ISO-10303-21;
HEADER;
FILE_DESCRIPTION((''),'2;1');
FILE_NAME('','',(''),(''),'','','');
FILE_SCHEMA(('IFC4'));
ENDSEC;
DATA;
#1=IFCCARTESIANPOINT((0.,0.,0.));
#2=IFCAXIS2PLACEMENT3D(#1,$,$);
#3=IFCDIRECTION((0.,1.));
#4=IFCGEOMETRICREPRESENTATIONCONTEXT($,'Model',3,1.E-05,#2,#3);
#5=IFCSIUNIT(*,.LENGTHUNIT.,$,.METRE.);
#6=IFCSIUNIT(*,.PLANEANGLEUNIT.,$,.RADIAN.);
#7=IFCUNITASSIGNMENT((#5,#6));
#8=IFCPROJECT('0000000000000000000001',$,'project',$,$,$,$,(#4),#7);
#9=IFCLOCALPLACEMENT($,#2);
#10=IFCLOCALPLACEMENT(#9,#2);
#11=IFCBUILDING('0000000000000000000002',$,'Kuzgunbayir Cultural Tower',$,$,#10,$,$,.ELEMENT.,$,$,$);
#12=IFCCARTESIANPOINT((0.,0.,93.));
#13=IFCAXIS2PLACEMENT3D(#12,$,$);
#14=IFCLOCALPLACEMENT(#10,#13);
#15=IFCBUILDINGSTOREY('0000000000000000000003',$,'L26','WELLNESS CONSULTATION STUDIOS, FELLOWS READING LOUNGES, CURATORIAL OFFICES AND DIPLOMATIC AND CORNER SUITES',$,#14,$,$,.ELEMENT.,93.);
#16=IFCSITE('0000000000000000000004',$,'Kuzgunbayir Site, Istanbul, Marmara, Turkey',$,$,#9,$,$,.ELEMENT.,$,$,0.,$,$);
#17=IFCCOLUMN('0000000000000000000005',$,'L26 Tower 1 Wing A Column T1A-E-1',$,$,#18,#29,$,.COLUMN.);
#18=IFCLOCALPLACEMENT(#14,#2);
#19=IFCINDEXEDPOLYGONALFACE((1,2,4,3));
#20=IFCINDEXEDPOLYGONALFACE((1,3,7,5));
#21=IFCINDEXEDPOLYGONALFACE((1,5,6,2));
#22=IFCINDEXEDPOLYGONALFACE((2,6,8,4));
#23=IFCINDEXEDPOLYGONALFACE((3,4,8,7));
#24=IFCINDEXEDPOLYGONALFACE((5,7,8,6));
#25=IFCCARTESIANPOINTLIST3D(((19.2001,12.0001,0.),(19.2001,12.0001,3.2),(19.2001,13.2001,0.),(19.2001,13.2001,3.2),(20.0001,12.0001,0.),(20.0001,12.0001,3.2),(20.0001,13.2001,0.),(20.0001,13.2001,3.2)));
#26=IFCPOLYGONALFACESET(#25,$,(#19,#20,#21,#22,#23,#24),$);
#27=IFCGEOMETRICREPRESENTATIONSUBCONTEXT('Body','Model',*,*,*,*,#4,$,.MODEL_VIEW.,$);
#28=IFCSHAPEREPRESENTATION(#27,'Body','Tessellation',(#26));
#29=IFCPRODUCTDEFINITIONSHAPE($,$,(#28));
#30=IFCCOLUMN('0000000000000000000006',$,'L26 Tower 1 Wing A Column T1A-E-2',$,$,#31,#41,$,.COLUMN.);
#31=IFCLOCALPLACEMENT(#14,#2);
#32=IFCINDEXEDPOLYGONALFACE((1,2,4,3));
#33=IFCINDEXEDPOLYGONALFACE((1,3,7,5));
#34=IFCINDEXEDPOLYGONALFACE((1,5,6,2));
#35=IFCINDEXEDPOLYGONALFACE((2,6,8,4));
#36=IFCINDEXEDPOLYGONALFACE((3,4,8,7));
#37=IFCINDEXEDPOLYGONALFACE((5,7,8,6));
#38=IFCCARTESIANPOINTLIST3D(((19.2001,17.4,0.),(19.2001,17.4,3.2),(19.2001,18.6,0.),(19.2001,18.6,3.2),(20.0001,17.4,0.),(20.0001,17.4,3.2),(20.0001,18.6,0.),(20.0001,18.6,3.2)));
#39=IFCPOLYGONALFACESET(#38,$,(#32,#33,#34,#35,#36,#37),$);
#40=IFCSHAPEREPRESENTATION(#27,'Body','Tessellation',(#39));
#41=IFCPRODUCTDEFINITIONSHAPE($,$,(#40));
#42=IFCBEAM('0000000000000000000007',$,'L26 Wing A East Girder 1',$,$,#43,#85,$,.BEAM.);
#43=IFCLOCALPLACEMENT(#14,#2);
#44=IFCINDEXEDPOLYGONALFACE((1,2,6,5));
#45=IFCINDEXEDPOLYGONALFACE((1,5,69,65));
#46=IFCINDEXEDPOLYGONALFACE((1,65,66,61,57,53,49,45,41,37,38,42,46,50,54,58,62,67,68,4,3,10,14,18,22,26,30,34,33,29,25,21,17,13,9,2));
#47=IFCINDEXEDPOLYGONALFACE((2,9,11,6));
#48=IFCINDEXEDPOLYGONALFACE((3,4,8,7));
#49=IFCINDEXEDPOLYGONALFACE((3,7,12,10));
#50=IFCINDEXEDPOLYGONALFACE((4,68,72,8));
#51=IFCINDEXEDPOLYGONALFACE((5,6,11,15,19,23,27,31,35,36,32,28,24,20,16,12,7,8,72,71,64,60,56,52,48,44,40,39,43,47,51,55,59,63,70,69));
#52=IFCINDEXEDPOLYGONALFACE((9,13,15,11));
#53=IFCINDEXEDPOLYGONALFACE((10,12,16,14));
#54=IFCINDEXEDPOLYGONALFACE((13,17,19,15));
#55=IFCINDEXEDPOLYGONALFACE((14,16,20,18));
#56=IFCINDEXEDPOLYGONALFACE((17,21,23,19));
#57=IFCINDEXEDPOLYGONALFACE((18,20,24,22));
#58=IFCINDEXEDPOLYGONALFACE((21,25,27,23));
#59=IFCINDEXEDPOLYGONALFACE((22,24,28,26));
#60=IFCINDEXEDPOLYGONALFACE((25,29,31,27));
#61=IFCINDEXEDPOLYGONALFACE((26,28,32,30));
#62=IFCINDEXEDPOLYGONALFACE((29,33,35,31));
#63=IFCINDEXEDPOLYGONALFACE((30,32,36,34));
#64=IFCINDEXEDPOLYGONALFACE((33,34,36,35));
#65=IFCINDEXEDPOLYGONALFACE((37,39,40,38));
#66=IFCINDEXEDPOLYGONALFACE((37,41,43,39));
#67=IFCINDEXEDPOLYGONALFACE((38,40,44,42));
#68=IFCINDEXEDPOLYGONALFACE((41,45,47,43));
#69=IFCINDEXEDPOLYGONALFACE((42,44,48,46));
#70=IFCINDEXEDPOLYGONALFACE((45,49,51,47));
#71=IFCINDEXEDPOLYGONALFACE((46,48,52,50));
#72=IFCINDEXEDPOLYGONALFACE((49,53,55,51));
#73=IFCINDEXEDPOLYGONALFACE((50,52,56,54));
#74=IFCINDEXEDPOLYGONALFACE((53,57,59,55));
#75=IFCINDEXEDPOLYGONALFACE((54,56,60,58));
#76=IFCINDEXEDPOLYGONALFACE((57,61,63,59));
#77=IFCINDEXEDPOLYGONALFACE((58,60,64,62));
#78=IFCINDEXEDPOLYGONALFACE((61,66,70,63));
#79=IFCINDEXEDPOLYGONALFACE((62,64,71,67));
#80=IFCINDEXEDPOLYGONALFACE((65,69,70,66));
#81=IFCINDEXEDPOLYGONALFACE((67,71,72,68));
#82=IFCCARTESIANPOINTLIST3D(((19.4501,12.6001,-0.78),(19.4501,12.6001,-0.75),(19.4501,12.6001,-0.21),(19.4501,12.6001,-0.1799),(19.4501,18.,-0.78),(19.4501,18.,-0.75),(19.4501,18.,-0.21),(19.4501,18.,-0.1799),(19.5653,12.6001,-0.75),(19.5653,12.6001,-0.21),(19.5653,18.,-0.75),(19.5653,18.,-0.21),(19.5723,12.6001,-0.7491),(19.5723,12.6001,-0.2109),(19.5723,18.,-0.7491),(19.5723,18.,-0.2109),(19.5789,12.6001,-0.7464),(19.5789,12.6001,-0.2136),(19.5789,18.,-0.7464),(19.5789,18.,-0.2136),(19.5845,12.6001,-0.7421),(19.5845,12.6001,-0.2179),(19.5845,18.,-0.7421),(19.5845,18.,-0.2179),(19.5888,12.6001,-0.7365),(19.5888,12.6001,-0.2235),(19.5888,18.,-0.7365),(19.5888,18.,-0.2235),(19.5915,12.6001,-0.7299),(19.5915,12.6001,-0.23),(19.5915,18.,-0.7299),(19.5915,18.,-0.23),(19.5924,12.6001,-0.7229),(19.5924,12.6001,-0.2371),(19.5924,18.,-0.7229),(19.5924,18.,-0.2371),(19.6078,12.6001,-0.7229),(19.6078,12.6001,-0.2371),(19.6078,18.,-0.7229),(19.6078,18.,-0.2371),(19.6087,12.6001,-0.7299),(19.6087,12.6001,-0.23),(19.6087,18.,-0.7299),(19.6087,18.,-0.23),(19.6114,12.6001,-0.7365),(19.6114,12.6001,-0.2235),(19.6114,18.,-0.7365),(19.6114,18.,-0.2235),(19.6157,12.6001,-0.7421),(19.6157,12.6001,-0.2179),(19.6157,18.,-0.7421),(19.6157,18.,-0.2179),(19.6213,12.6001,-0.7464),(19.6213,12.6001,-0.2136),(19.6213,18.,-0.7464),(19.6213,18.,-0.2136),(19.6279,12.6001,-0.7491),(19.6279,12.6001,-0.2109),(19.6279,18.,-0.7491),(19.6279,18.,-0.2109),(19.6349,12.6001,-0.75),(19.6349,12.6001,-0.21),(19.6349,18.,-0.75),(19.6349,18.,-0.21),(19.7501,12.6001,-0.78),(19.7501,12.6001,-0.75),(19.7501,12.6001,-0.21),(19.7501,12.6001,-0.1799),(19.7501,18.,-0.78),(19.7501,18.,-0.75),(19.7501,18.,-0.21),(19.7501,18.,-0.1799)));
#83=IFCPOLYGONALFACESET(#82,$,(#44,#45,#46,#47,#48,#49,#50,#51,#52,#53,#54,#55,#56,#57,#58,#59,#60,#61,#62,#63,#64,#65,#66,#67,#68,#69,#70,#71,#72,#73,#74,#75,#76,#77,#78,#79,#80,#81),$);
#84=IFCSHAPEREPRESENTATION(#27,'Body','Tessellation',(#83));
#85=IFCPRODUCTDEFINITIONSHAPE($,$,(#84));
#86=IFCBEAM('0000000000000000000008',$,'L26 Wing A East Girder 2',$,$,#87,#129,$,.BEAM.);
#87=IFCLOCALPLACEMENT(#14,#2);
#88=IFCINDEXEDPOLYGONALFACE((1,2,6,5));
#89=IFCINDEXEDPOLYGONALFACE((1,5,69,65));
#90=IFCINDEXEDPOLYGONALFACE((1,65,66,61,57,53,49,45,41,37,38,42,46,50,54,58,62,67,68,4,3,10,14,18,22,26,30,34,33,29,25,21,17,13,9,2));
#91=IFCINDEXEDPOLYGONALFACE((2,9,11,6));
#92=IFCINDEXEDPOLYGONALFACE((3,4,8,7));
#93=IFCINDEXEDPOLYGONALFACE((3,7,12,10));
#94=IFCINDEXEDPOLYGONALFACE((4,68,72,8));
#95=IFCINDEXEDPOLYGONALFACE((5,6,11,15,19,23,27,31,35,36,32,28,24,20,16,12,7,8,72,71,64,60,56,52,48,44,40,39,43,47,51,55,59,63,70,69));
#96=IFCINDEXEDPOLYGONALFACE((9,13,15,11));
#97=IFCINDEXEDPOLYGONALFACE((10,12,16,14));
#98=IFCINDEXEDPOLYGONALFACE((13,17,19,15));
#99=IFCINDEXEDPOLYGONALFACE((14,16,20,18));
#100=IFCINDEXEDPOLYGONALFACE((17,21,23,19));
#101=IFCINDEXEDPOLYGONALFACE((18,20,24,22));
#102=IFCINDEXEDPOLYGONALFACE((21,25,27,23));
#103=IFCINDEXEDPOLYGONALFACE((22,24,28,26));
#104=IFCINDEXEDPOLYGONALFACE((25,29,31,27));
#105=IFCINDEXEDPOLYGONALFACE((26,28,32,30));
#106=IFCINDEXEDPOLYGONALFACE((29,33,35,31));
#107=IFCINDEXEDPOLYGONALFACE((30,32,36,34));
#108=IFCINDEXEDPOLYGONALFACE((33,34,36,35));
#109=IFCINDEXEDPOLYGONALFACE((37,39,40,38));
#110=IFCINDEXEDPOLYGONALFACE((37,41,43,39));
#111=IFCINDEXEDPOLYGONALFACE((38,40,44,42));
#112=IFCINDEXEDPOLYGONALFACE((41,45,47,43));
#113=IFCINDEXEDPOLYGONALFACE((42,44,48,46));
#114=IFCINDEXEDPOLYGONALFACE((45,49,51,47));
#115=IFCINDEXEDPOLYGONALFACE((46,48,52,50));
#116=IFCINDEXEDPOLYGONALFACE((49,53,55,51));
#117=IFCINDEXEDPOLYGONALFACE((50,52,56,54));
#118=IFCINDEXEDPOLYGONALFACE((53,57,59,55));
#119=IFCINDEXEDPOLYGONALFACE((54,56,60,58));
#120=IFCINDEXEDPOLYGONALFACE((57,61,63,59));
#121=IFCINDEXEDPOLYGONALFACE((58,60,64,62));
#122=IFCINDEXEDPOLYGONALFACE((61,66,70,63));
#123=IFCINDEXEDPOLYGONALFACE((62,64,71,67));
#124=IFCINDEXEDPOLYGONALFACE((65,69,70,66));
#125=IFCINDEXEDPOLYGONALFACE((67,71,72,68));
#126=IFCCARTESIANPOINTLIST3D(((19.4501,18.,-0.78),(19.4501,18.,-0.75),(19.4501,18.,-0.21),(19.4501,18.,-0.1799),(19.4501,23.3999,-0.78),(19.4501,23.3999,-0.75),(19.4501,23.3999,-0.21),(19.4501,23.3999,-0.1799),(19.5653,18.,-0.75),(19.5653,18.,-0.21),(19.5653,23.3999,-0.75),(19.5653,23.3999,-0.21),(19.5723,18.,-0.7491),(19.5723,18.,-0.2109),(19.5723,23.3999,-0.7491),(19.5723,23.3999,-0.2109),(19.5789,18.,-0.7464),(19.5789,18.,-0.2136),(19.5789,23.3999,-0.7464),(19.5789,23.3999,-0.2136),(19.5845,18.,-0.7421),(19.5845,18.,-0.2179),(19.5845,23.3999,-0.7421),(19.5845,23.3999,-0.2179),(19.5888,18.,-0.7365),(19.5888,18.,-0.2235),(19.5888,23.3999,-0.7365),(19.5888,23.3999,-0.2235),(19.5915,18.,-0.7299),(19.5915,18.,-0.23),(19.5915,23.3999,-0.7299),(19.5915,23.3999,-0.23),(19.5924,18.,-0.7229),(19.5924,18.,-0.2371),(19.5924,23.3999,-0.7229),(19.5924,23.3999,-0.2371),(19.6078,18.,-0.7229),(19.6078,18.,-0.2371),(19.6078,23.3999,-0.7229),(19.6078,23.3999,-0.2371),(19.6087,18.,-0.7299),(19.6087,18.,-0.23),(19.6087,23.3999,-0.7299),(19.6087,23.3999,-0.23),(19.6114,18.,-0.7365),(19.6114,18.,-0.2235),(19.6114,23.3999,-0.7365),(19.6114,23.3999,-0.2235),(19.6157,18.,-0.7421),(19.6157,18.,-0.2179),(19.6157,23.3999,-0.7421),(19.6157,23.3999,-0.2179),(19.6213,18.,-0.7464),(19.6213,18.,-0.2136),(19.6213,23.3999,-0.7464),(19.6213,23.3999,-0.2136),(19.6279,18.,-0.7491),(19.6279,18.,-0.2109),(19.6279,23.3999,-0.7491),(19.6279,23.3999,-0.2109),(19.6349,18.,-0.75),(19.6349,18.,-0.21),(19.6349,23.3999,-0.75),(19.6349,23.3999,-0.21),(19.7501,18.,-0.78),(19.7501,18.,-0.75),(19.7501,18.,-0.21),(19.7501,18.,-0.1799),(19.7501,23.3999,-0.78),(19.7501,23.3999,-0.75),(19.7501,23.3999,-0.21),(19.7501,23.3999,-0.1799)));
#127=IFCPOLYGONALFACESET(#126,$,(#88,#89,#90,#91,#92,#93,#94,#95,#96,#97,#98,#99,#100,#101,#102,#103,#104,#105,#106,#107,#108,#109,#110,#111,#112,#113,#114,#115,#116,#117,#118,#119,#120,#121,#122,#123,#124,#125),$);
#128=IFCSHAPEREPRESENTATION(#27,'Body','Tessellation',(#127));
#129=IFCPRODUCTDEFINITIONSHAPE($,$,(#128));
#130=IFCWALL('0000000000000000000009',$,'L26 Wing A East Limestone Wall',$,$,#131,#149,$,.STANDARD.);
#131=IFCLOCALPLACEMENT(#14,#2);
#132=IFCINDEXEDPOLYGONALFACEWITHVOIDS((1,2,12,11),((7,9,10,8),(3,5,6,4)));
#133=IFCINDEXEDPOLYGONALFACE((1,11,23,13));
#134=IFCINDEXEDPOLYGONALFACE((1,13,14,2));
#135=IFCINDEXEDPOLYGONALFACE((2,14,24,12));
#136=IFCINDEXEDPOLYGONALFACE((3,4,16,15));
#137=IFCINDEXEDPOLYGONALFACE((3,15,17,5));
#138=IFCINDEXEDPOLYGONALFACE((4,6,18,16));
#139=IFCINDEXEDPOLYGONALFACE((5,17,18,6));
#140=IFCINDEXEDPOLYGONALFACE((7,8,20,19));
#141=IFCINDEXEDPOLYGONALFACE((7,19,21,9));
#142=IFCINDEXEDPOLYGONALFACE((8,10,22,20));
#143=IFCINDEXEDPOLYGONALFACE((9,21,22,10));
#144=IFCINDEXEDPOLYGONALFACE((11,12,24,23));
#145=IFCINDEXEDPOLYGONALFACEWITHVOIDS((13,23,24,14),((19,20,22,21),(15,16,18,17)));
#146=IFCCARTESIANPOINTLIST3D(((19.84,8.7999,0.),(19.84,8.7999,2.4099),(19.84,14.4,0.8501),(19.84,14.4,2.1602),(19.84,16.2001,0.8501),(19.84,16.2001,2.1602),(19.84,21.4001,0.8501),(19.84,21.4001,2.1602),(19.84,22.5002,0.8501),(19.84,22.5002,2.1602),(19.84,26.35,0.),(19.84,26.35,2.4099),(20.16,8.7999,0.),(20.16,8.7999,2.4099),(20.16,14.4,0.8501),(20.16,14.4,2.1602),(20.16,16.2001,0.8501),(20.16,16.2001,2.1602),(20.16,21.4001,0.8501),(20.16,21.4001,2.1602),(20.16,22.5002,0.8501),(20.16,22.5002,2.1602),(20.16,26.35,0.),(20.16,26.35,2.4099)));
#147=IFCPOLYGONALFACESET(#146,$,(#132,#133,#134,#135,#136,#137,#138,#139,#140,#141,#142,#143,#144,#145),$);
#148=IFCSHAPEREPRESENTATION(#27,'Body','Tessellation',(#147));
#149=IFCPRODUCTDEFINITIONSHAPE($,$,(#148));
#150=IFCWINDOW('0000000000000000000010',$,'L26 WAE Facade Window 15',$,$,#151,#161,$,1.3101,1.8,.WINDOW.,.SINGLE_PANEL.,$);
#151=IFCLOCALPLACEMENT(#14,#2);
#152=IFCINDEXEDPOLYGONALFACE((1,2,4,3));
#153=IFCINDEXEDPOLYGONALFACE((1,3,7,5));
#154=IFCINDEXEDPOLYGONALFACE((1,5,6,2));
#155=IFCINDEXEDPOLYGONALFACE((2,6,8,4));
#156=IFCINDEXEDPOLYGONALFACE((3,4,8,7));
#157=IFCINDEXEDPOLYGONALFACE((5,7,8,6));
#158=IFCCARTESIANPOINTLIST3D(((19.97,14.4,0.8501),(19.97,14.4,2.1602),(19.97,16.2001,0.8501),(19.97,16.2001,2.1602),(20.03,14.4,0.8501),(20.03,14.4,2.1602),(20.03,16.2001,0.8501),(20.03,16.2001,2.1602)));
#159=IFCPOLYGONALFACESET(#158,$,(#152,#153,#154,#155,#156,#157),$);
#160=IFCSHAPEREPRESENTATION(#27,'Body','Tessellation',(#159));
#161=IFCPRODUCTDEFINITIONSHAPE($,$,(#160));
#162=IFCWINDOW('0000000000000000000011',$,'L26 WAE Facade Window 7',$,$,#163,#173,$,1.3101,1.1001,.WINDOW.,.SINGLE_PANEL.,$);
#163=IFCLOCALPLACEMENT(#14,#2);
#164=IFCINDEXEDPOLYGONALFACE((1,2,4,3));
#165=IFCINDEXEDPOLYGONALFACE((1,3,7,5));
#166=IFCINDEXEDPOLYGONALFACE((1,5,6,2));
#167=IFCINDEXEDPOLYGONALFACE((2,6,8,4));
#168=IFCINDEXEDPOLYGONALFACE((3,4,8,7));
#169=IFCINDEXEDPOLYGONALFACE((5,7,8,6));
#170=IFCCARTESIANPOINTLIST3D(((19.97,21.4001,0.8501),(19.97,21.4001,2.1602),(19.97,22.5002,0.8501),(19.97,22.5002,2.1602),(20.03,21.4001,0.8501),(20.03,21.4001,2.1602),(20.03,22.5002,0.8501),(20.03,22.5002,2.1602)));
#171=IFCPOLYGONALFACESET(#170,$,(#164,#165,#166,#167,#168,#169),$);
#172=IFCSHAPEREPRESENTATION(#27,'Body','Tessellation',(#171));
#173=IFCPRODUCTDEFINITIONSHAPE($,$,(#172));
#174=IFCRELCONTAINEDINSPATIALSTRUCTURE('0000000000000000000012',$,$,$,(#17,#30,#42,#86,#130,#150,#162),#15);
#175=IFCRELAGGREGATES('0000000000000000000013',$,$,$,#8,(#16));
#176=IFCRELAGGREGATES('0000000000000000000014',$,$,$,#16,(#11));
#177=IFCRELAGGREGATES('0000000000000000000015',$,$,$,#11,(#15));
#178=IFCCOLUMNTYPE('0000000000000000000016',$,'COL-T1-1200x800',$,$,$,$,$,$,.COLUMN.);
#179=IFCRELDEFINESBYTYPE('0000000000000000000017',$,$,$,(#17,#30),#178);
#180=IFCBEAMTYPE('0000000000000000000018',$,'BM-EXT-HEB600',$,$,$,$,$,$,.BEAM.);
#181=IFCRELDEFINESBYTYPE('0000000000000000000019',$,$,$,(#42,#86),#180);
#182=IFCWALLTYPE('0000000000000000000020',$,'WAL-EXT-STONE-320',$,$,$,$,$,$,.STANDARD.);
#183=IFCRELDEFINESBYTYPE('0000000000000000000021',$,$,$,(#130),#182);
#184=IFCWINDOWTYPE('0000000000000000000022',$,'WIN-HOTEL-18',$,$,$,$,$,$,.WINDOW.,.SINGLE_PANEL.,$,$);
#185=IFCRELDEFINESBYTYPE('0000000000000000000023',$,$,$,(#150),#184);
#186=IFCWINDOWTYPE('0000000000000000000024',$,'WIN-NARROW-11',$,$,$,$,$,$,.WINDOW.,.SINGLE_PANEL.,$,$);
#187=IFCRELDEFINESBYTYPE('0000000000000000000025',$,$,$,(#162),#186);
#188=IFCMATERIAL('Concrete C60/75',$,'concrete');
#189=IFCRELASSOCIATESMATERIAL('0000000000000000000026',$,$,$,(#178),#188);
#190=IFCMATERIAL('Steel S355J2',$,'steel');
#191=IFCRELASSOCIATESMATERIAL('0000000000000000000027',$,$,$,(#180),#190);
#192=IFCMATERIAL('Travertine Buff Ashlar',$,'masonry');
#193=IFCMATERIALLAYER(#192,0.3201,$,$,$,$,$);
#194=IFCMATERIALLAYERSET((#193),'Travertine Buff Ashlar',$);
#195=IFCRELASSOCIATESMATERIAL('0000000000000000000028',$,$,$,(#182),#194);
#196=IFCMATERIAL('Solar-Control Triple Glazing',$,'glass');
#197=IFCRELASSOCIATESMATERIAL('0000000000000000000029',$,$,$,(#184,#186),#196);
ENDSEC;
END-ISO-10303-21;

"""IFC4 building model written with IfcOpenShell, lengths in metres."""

from ifc_helpers import new_model, si_unit, direction, frame, frame_2d, origin, origin_2d, place, context, subcontext, project, spatial, rectangle, i_section, extrude, material, layer, layer_set, material_profile, profile_set, type_object, element, fill, save


model = new_model("IFC4")

# Units and contexts
model_context = context("Model", 3, precision=1e-05, world=origin(), true_north=direction((0.0, 1.0)))
body_context = subcontext(model_context, "Body", "Model", "MODEL_VIEW")
ifc_project = project(units=[si_unit("LENGTHUNIT", "METRE"), si_unit("PLANEANGLEUNIT", "RADIAN")], contexts=[model_context])

# Site, building, storey
site_placement = place(None, origin())
site = spatial("IfcSite", under=ifc_project, at=site_placement, Name="Kuzgunbayir Site, Istanbul, Marmara, Turkey", CompositionType="ELEMENT", RefElevation=0.0)
building_placement = place(site_placement, origin())
building = spatial("IfcBuilding", under=site, at=building_placement, Name="Kuzgunbayir Cultural Tower", CompositionType="ELEMENT")
storey_placement = place(building_placement, frame((0.0, 0.0, 93.0)))
storey = spatial("IfcBuildingStorey", under=building, at=storey_placement, Name="L26", Description="WELLNESS CONSULTATION STUDIOS, FELLOWS READING LOUNGES, CURATORIAL OFFICES AND DIPLOMATIC AND CORNER SUITES", CompositionType="ELEMENT", Elevation=93.0)

# Columns
ifc_material_1 = material(Name="Concrete C60/75", Category="concrete")
ifc_material_profile_1 = material_profile(ifc_material_1, rectangle(XDim=0.8, YDim=1.2, at=origin_2d()), Name="RC 1200x800")
ifc_profile_set_1 = profile_set([ifc_material_profile_1], Name="Concrete C60/75")
column_type = type_object("IfcColumnType", Name="COL-T1-1200x800", PredefinedType="COLUMN", material=ifc_profile_set_1)
for number, where, z_axis, x_axis, name in (
    (1, (19.6001, 12.6001, 0.0), (0.0, 0.0, 1.0), (1.0, 0.0, 0.0), "L26 Tower 1 Wing A Column T1A-E-1"),
    (2, (19.6001, 18.0, 0.0), (0.0, 0.0, 1.0), (1.0, 0.0, 0.0), "L26 Tower 1 Wing A Column T1A-E-2"),
):
    element("IfcColumn", number, at=place(storey_placement, frame(where, z_axis=z_axis, x_axis=x_axis)), inside=storey, type_object=column_type, Name=name, PredefinedType="COLUMN", context=body_context, shape_type="SweptSolid", body=[
        extrude(rectangle(XDim=0.8, YDim=1.2, at=origin_2d()), origin(), (0.0, 0.0, 1.0), 3.2),
    ])

# Beams
ifc_material_2 = material(Name="Steel S355J2", Category="steel")
ifc_material_profile_2 = material_profile(ifc_material_2, i_section(OverallWidth=0.3, OverallDepth=0.6001, WebThickness=0.0154, FlangeThickness=0.03, FilletRadius=0.0271, at=origin_2d()), Name="HEB 600")
ifc_profile_set_2 = profile_set([ifc_material_profile_2], Name="Steel S355J2")
beam_type = type_object("IfcBeamType", Name="BM-EXT-HEB600", PredefinedType="BEAM", material=ifc_profile_set_2)
for number, where, z_axis, x_axis, name in (
    (3, (19.6001, 12.6001, -0.48), (0.0, 1.0, 0.0), (-1.0, 0.0, 0.0), "L26 Wing A East Girder 1"),
    (4, (19.6001, 18.0, -0.48), (0.0, 1.0, 0.0), (-1.0, 0.0, 0.0), "L26 Wing A East Girder 2"),
):
    element("IfcBeam", number, at=place(storey_placement, frame(where, z_axis=z_axis, x_axis=x_axis)), inside=storey, type_object=beam_type, Name=name, PredefinedType="BEAM", context=body_context, shape_type="SweptSolid", body=[
        extrude(i_section(OverallWidth=0.3, OverallDepth=0.6001, WebThickness=0.0154, FlangeThickness=0.03, FilletRadius=0.0271, at=origin_2d()), origin(), (0.0, 0.0, 1.0), 5.3999),
    ])

# Wall, openings, windows
ifc_material_3 = material(Name="Travertine Buff Ashlar", Category="masonry")
ifc_layer_1 = layer(ifc_material_3, 0.3201)
ifc_layer_set_1 = layer_set([ifc_layer_1], Name="Travertine Buff Ashlar")
wall_type_1 = type_object("IfcWallType", Name="WAL-EXT-STONE-320", PredefinedType="STANDARD", material=ifc_layer_set_1)
wall_1_placement = place(storey_placement, frame((20.0, 8.8, 0.0), z_axis=(0.0, 0.0, 1.0), x_axis=(0.0, 1.0, 0.0)))
wall_1 = element("IfcWall", 5, at=wall_1_placement, inside=storey, type_object=wall_type_1, Name="L26 Wing A East Limestone Wall", PredefinedType="STANDARD", context=body_context, shape_type="SweptSolid", body=[
    extrude(rectangle(XDim=17.55, YDim=0.3201, at=frame_2d((8.7749, 0.0))), origin(), (0.0, 0.0, 1.0), 2.4099),
])
opening_1_placement = place(wall_1_placement, frame((12.6001, 0.0, 0.8501)))
opening_1 = element("IfcOpeningElement", 6, at=opening_1_placement, cuts=wall_1, PredefinedType="OPENING", context=body_context, shape_type="SweptSolid", body=[
    extrude(rectangle(XDim=1.1001, YDim=1.3101, at=frame_2d((0.55, 0.655))), frame((0.0, 0.1699, 0.0), z_axis=(0.0, -1.0, 0.0), x_axis=(1.0, 0.0, 0.0)), (0.0, 0.0, 1.0), 0.3401),
])
opening_2_placement = place(wall_1_placement, frame((5.6001, 0.0, 0.8501)))
opening_2 = element("IfcOpeningElement", 7, at=opening_2_placement, cuts=wall_1, PredefinedType="OPENING", context=body_context, shape_type="SweptSolid", body=[
    extrude(rectangle(XDim=1.8, YDim=1.3101, at=frame_2d((0.8999, 0.655))), frame((0.0, 0.1699, 0.0), z_axis=(0.0, -1.0, 0.0), x_axis=(1.0, 0.0, 0.0)), (0.0, 0.0, 1.0), 0.3401),
])
ifc_material_4 = material(Name="Solar-Control Triple Glazing", Category="glass")
window_type_1 = type_object("IfcWindowType", Name="WIN-HOTEL-18", PartitioningType="SINGLE_PANEL", PredefinedType="WINDOW", material=ifc_material_4)
window_1_placement = place(opening_2_placement, origin())
window_1 = element("IfcWindow", 8, at=window_1_placement, inside=storey, type_object=window_type_1, Name="L26 WAE Facade Window 15", OverallHeight=1.3101, OverallWidth=1.8, PartitioningType="SINGLE_PANEL", PredefinedType="WINDOW", context=body_context, shape_type="SweptSolid", body=[
    extrude(rectangle(XDim=1.8, YDim=1.3101, at=frame_2d((0.8999, 0.655))), frame((0.0, 0.03, 0.0), z_axis=(0.0, -1.0, 0.0), x_axis=(1.0, 0.0, 0.0)), (0.0, 0.0, 1.0), 0.0601),
])
fill(opening_2, window_1)
window_type_2 = type_object("IfcWindowType", Name="WIN-NARROW-11", PartitioningType="SINGLE_PANEL", PredefinedType="WINDOW", material=ifc_material_4)
window_2_placement = place(opening_1_placement, origin())
window_2 = element("IfcWindow", 9, at=window_2_placement, inside=storey, type_object=window_type_2, Name="L26 WAE Facade Window 7", OverallHeight=1.3101, OverallWidth=1.1001, PartitioningType="SINGLE_PANEL", PredefinedType="WINDOW", context=body_context, shape_type="SweptSolid", body=[
    extrude(rectangle(XDim=1.1001, YDim=1.3101, at=frame_2d((0.55, 0.655))), frame((0.0, 0.03, 0.0), z_axis=(0.0, -1.0, 0.0), x_axis=(1.0, 0.0, 0.0)), (0.0, 0.0, 1.0), 0.0601),
])
fill(opening_1, window_2)

save(model, "model.ifc")
